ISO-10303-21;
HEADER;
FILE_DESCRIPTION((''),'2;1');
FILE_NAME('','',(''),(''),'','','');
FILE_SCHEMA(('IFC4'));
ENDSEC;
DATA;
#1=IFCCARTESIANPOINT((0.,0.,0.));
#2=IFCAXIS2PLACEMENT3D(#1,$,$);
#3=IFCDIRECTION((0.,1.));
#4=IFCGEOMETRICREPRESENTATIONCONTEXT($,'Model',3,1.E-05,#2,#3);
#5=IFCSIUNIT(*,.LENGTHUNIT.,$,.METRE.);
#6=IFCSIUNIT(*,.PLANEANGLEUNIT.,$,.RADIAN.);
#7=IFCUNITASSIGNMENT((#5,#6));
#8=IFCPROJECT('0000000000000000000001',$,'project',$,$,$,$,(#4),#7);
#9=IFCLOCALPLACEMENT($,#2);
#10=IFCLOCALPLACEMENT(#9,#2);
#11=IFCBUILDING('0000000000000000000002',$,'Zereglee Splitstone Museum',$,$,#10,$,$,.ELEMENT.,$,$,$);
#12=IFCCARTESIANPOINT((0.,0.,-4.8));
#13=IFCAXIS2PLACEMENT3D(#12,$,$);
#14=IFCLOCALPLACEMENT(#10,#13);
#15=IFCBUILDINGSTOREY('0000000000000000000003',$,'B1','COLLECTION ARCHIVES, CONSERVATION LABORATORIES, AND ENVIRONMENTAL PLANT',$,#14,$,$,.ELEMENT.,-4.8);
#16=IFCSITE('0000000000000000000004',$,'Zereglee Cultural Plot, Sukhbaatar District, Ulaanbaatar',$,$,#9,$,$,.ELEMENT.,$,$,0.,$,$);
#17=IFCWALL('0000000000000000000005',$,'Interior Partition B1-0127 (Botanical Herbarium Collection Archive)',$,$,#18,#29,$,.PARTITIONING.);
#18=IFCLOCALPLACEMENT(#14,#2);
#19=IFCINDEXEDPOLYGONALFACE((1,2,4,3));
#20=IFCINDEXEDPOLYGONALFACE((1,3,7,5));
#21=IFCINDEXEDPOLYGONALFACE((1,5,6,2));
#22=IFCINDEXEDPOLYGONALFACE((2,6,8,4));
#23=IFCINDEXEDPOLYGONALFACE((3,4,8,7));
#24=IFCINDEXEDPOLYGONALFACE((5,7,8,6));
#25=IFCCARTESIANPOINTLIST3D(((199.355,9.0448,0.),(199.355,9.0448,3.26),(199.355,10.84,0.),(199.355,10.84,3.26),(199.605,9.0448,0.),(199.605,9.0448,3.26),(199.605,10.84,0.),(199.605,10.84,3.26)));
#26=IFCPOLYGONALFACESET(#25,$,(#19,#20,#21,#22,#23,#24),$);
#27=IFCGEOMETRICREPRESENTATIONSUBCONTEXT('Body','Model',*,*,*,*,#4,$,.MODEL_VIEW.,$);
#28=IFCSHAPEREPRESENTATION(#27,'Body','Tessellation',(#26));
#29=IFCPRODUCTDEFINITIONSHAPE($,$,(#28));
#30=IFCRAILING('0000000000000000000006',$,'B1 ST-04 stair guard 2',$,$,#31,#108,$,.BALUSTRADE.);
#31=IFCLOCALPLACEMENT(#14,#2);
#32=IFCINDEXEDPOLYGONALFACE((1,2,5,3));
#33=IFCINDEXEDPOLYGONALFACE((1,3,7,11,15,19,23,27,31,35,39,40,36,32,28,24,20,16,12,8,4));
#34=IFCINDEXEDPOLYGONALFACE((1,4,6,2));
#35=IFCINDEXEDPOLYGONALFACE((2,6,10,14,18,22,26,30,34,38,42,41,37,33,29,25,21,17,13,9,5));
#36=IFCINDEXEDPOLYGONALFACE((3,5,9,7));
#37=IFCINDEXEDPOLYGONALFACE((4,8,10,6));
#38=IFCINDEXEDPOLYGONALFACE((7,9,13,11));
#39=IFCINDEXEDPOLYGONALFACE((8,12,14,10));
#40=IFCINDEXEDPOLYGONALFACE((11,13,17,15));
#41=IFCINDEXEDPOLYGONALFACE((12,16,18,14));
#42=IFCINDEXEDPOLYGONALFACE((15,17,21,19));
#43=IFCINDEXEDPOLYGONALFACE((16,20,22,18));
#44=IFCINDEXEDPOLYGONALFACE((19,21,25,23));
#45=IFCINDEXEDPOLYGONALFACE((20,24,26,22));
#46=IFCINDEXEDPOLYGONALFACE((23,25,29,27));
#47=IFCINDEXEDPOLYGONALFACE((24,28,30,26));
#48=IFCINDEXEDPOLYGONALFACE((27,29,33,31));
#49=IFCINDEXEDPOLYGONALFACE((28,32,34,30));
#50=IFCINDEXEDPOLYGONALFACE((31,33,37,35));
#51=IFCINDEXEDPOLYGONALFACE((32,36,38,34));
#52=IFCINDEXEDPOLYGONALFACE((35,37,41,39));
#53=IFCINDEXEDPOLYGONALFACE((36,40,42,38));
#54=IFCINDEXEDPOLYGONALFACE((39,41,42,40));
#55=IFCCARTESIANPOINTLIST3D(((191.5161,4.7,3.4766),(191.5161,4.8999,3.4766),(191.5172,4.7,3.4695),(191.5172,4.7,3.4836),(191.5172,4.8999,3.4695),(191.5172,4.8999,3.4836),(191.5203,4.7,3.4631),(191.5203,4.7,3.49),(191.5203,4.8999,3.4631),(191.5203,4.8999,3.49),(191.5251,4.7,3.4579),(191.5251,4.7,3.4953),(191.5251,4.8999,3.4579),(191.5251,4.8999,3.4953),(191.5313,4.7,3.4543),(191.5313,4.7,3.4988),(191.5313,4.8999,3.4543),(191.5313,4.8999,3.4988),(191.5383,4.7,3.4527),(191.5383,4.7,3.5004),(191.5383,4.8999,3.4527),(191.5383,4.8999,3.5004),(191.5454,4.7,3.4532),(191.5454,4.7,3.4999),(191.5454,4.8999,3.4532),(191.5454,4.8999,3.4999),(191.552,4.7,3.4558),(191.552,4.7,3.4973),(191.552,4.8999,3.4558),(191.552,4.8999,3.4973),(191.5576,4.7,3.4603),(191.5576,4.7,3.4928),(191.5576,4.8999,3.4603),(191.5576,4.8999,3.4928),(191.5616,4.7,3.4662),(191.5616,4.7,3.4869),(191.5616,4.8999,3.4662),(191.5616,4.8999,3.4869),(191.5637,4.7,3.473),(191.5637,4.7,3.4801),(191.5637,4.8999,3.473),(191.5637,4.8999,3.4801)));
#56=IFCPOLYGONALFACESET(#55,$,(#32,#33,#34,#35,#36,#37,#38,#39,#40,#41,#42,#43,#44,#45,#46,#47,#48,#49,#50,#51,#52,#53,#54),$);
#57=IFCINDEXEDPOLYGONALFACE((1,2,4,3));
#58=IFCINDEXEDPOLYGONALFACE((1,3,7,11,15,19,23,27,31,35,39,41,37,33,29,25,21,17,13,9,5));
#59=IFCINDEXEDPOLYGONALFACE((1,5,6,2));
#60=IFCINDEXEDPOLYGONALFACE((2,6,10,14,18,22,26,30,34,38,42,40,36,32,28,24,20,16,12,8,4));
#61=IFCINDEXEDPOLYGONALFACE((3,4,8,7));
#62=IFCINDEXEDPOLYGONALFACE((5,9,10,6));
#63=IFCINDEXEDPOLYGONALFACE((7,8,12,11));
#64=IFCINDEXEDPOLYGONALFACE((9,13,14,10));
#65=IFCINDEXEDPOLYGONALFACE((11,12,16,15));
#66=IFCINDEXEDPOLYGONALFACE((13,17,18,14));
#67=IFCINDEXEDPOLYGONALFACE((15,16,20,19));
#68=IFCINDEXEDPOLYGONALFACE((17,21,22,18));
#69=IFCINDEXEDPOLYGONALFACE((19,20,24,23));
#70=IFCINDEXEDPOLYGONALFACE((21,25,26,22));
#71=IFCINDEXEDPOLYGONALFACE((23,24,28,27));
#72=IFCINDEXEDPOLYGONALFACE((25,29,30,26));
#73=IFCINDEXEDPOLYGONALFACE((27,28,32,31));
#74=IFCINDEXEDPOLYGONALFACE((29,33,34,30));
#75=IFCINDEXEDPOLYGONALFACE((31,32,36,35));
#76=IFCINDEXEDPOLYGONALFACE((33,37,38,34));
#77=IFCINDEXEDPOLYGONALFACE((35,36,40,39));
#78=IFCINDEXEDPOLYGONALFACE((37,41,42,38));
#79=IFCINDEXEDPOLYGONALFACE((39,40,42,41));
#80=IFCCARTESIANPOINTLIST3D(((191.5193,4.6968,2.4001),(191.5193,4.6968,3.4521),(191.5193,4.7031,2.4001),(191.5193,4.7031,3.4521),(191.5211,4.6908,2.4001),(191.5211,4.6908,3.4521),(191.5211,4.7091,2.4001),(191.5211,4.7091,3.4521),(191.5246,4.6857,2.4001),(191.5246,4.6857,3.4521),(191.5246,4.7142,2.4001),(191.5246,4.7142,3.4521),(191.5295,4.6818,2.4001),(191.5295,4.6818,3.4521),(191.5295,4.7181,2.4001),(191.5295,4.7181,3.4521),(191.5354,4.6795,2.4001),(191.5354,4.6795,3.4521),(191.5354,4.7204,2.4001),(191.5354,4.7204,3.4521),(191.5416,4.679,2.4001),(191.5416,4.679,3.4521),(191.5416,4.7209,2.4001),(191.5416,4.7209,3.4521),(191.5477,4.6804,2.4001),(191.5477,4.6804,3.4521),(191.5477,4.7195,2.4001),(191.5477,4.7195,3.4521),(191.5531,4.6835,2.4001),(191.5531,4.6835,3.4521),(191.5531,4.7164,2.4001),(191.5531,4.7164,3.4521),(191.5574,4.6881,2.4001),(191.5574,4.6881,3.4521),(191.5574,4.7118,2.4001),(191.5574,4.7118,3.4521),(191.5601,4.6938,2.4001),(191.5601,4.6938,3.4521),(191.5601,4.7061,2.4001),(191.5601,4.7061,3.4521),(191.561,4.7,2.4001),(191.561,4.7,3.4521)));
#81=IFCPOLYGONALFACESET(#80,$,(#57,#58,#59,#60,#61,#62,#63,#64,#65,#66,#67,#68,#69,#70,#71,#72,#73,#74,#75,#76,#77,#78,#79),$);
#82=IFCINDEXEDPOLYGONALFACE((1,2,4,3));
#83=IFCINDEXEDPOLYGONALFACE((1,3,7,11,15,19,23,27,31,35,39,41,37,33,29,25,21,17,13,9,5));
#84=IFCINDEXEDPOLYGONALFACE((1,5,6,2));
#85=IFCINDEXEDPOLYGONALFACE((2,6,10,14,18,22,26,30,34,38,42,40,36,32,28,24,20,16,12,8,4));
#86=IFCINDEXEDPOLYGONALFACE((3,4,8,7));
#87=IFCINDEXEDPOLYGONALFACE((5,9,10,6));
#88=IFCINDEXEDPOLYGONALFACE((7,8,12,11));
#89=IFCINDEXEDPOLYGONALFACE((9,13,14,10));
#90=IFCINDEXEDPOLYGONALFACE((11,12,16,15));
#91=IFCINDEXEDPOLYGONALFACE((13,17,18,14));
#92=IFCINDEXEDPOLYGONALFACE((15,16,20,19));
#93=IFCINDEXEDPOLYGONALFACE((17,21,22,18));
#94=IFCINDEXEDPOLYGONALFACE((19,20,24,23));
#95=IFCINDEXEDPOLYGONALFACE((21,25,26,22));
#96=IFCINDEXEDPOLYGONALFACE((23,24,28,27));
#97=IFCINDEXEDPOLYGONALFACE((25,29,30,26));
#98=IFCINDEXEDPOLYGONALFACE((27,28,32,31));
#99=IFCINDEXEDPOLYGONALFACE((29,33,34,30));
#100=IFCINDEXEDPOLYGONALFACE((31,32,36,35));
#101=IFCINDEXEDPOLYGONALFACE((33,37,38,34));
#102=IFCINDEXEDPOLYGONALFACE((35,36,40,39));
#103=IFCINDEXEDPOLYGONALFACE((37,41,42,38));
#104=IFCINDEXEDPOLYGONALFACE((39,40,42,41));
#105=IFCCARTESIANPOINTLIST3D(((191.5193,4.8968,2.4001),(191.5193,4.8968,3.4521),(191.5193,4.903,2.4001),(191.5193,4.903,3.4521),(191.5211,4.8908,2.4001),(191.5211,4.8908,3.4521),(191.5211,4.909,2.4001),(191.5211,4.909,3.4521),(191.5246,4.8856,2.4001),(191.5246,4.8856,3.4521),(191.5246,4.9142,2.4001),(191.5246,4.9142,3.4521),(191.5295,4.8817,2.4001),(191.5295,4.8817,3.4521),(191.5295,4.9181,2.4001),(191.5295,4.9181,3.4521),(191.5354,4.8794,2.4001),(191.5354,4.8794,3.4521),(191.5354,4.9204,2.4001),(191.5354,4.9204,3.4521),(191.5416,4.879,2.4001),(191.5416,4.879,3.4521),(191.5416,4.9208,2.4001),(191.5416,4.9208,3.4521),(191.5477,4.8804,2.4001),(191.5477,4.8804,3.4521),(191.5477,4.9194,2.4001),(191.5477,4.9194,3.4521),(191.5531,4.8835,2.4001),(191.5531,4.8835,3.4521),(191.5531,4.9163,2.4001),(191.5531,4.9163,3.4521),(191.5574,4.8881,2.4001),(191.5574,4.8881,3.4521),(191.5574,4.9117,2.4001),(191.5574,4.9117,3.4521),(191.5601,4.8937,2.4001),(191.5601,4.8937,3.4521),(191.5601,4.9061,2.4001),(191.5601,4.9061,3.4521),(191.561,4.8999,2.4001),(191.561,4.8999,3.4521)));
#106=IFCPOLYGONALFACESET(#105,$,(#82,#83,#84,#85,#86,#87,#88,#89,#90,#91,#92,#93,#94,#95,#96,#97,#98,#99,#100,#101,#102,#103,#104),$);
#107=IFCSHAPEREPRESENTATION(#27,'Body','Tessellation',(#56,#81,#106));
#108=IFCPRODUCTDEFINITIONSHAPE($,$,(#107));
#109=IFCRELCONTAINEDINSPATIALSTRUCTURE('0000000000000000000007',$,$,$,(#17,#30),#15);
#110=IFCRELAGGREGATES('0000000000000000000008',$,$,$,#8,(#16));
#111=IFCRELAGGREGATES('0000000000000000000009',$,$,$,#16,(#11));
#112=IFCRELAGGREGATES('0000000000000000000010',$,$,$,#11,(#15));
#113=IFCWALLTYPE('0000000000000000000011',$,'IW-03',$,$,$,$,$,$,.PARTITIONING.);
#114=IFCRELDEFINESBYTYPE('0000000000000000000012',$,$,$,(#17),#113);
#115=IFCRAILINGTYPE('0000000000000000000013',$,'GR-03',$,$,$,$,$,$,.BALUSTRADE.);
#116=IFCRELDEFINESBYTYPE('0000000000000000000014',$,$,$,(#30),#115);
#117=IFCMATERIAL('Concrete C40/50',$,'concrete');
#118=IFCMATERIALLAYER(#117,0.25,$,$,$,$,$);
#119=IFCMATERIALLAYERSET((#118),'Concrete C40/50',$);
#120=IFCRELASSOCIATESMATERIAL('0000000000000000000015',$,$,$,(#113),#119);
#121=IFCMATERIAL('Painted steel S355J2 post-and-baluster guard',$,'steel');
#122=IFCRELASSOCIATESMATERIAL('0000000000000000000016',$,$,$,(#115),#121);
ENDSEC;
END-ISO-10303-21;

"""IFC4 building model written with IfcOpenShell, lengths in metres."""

from ifc_helpers import new_model, si_unit, direction, frame, frame_2d, origin, origin_2d, place, context, subcontext, project, spatial, rectangle, circle, extrude, material, layer, layer_set, type_object, element, save


model = new_model("IFC4")

# Units and contexts
model_context = context("Model", 3, precision=1e-05, world=origin(), true_north=direction((0.0, 1.0)))
body_context = subcontext(model_context, "Body", "Model", "MODEL_VIEW")
ifc_project = project(units=[si_unit("LENGTHUNIT", "METRE"), si_unit("PLANEANGLEUNIT", "RADIAN")], contexts=[model_context])

# Site, building, storey
site_placement = place(None, origin())
site = spatial("IfcSite", under=ifc_project, at=site_placement, Name="Zereglee Cultural Plot, Sukhbaatar District, Ulaanbaatar", CompositionType="ELEMENT", RefElevation=0.0)
building_placement = place(site_placement, origin())
building = spatial("IfcBuilding", under=site, at=building_placement, Name="Zereglee Splitstone Museum", CompositionType="ELEMENT")
storey_placement = place(building_placement, frame((0.0, 0.0, -4.8)))
storey = spatial("IfcBuildingStorey", under=building, at=storey_placement, Name="B1", Description="COLLECTION ARCHIVES, CONSERVATION LABORATORIES, AND ENVIRONMENTAL PLANT", CompositionType="ELEMENT", Elevation=-4.8)

# Shared definitions
ifc_material_1 = material(Name="Concrete C40/50", Category="concrete")

# Wall
ifc_layer_1 = layer(ifc_material_1, 0.25)
ifc_layer_set_1 = layer_set([ifc_layer_1], Name="Concrete C40/50")
wall_type_1 = type_object("IfcWallType", Name="IW-03", PredefinedType="PARTITIONING", material=ifc_layer_set_1)
for number, where, z_axis, x_axis, name in (
    (1, (199.48, 9.0449, 0.0), (0.0, 0.0, 1.0), (0.0, 1.0, 0.0), "Interior Partition B1-0127 (Botanical Herbarium Collection Archive)"),
):
    element("IfcWall", number, at=place(storey_placement, frame(where, z_axis=z_axis, x_axis=x_axis)), inside=storey, type_object=wall_type_1, Name=name, PredefinedType="PARTITIONING", context=body_context, shape_type="SweptSolid", body=[
        extrude(rectangle(XDim=1.7952, YDim=0.25, at=frame_2d((0.8975, 0.0))), origin(), (0.0, 0.0, 1.0), 3.26),
    ])

# Railing
ifc_material_2 = material(Name="Painted steel S355J2 post-and-baluster guard", Category="steel")
railing_type_1 = type_object("IfcRailingType", Name="GR-03", PredefinedType="BALUSTRADE", material=ifc_material_2)
railing_1_placement = place(storey_placement, frame((191.54, 4.7, 2.4001)))
element("IfcRailing", 2, at=railing_1_placement, inside=storey, type_object=railing_type_1, Name="B1 ST-04 stair guard 2", PredefinedType="BALUSTRADE", context=body_context, shape_type="SweptSolid", body=[
    extrude(circle(Radius=0.0239, at=origin_2d()), frame((0.0, 0.0, 1.0764), z_axis=(0.0, 1.0, 0.0), x_axis=(-1.0, 0.0, 0.0)), (0.0, 0.0, 1.0), 0.2),
    extrude(circle(Radius=0.021, at=origin_2d()), origin(), (0.0, 0.0, 1.0), 1.052),
    extrude(circle(Radius=0.021, at=origin_2d()), frame((0.0, 0.2, 0.0)), (0.0, 0.0, 1.0), 1.052),
])

save(model, "model.ifc")
